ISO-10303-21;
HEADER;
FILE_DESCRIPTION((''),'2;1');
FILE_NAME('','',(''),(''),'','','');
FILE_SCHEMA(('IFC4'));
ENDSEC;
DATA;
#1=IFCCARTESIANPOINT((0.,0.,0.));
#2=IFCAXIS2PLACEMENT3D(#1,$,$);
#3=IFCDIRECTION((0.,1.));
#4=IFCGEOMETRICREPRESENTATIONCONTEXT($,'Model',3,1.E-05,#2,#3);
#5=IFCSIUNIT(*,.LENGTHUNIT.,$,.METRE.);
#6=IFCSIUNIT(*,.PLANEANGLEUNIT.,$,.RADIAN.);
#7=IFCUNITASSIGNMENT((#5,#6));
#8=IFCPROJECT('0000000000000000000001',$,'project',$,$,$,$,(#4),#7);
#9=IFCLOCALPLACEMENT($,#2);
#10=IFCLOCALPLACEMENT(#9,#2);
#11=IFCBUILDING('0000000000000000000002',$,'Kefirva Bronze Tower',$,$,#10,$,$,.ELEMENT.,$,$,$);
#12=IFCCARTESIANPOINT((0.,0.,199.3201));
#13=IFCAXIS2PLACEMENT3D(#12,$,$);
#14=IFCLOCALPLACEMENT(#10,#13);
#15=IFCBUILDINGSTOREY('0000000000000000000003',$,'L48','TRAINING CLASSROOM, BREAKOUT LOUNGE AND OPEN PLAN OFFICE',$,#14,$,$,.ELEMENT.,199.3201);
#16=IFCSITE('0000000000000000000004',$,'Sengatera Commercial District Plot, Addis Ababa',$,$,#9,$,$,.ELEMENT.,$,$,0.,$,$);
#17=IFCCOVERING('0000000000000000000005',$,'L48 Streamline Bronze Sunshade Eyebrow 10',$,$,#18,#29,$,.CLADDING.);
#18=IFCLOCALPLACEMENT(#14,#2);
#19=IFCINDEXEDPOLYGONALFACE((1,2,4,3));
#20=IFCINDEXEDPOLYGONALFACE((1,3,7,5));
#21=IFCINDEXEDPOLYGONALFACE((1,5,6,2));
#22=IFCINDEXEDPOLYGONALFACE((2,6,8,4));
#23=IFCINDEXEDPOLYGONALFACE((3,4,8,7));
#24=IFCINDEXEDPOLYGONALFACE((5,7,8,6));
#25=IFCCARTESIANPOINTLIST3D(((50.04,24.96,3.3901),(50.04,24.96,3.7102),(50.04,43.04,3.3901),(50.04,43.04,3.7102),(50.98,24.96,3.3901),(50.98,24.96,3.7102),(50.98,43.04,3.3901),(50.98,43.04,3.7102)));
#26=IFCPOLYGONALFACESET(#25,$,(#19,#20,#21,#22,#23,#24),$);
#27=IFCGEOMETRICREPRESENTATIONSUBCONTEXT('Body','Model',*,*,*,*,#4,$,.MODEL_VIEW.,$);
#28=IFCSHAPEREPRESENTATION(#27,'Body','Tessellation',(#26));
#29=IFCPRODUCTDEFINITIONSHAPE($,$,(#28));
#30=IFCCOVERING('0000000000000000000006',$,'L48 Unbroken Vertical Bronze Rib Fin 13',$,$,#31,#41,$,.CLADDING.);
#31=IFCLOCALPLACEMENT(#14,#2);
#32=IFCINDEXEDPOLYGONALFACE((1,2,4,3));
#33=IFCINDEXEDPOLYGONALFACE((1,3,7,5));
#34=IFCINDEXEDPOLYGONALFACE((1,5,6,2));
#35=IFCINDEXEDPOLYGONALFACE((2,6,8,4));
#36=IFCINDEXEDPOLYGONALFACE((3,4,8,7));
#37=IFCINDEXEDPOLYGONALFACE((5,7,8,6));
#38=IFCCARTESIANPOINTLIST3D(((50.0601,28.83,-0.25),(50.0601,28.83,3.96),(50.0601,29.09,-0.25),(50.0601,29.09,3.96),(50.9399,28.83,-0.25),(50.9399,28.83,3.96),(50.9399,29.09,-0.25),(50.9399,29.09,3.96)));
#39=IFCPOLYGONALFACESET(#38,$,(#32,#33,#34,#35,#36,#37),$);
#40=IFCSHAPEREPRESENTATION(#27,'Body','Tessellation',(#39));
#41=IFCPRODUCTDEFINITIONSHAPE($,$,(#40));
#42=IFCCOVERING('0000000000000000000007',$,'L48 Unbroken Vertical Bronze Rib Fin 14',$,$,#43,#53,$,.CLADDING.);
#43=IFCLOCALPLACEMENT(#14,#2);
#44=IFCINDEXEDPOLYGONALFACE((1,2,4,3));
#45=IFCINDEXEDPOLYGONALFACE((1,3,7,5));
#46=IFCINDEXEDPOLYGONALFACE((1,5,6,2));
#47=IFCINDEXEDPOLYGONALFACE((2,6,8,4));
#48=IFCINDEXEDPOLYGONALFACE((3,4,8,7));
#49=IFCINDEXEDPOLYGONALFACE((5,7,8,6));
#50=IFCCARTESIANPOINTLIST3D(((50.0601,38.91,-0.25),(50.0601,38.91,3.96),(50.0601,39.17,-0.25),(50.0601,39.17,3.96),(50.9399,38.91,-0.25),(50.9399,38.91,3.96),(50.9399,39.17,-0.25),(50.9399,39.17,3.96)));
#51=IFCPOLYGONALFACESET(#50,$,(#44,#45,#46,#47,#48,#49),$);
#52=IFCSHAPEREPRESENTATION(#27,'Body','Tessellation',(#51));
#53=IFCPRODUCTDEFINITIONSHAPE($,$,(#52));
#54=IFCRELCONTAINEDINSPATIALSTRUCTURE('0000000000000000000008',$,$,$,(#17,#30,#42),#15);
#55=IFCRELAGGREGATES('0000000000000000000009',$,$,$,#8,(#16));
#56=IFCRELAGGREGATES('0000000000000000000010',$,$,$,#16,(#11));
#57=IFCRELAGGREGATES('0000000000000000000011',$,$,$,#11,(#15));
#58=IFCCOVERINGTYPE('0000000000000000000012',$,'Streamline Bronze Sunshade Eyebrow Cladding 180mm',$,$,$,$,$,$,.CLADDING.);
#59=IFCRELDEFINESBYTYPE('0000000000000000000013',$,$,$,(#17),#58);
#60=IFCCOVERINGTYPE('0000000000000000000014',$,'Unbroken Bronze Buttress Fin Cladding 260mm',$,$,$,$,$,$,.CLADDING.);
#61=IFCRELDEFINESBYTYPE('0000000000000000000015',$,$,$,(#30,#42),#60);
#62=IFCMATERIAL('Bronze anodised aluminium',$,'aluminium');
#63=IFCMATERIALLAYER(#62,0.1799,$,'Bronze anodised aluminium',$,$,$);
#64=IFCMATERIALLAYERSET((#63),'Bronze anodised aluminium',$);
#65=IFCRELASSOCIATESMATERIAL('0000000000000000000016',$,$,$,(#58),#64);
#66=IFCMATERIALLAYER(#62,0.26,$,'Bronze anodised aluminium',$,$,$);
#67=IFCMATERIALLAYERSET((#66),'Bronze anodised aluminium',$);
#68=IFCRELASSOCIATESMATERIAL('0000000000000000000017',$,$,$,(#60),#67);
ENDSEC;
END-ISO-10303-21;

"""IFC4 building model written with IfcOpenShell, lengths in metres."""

from ifc_helpers import new_model, si_unit, direction, frame, origin, origin_2d, place, context, subcontext, project, spatial, rectangle, extrude, material, layer, layer_set, type_object, element, save


model = new_model("IFC4")

# Units and contexts
model_context = context("Model", 3, precision=1e-05, world=origin(), true_north=direction((0.0, 1.0)))
body_context = subcontext(model_context, "Body", "Model", "MODEL_VIEW")
ifc_project = project(units=[si_unit("LENGTHUNIT", "METRE"), si_unit("PLANEANGLEUNIT", "RADIAN")], contexts=[model_context])

# Site, building, storey
site_placement = place(None, origin())
site = spatial("IfcSite", under=ifc_project, at=site_placement, Name="Sengatera Commercial District Plot, Addis Ababa", CompositionType="ELEMENT", RefElevation=0.0)
building_placement = place(site_placement, origin())
building = spatial("IfcBuilding", under=site, at=building_placement, Name="Kefirva Bronze Tower", CompositionType="ELEMENT")
storey_placement = place(building_placement, frame((0.0, 0.0, 199.3201)))
storey = spatial("IfcBuildingStorey", under=building, at=storey_placement, Name="L48", Description="TRAINING CLASSROOM, BREAKOUT LOUNGE AND OPEN PLAN OFFICE", CompositionType="ELEMENT", Elevation=199.3201)

# Shared definitions
ifc_material_1 = material(Name="Bronze anodised aluminium", Category="aluminium")

# Coverings
ifc_layer_1 = layer(ifc_material_1, 0.1799, Name="Bronze anodised aluminium")
ifc_layer_set_1 = layer_set([ifc_layer_1], Name="Bronze anodised aluminium")
covering_type_1 = type_object("IfcCoveringType", Name="Streamline Bronze Sunshade Eyebrow Cladding 180mm", PredefinedType="CLADDING", material=ifc_layer_set_1)
covering_1_placement = place(storey_placement, frame((50.51, 34.0, 3.3901), z_axis=(0.0, 0.0, 1.0), x_axis=(0.0, 1.0, 0.0)))
element("IfcCovering", 1, at=covering_1_placement, inside=storey, type_object=covering_type_1, Name="L48 Streamline Bronze Sunshade Eyebrow 10", PredefinedType="CLADDING", context=body_context, shape_type="SweptSolid", body=[
    extrude(rectangle(XDim=18.0801, YDim=0.9399, at=origin_2d()), origin(), (0.0, 0.0, 1.0), 0.3201),
])
ifc_layer_2 = layer(ifc_material_1, 0.26, Name="Bronze anodised aluminium")
ifc_layer_set_2 = layer_set([ifc_layer_2], Name="Bronze anodised aluminium")
covering_type_2 = type_object("IfcCoveringType", Name="Unbroken Bronze Buttress Fin Cladding 260mm", PredefinedType="CLADDING", material=ifc_layer_set_2)
for number, where, z_axis, x_axis, name in (
    (2, (50.5, 28.96, -0.25), (0.0, 0.0, 1.0), (0.0, 1.0, 0.0), "L48 Unbroken Vertical Bronze Rib Fin 13"),
    (3, (50.5, 39.04, -0.25), (0.0, 0.0, 1.0), (0.0, 1.0, 0.0), "L48 Unbroken Vertical Bronze Rib Fin 14"),
):
    element("IfcCovering", number, at=place(storey_placement, frame(where, z_axis=z_axis, x_axis=x_axis)), inside=storey, type_object=covering_type_2, Name=name, PredefinedType="CLADDING", context=body_context, shape_type="SweptSolid", body=[
        extrude(rectangle(XDim=0.26, YDim=0.8799, at=origin_2d()), origin(), (0.0, 0.0, 1.0), 4.21),
    ])

save(model, "model.ifc")
